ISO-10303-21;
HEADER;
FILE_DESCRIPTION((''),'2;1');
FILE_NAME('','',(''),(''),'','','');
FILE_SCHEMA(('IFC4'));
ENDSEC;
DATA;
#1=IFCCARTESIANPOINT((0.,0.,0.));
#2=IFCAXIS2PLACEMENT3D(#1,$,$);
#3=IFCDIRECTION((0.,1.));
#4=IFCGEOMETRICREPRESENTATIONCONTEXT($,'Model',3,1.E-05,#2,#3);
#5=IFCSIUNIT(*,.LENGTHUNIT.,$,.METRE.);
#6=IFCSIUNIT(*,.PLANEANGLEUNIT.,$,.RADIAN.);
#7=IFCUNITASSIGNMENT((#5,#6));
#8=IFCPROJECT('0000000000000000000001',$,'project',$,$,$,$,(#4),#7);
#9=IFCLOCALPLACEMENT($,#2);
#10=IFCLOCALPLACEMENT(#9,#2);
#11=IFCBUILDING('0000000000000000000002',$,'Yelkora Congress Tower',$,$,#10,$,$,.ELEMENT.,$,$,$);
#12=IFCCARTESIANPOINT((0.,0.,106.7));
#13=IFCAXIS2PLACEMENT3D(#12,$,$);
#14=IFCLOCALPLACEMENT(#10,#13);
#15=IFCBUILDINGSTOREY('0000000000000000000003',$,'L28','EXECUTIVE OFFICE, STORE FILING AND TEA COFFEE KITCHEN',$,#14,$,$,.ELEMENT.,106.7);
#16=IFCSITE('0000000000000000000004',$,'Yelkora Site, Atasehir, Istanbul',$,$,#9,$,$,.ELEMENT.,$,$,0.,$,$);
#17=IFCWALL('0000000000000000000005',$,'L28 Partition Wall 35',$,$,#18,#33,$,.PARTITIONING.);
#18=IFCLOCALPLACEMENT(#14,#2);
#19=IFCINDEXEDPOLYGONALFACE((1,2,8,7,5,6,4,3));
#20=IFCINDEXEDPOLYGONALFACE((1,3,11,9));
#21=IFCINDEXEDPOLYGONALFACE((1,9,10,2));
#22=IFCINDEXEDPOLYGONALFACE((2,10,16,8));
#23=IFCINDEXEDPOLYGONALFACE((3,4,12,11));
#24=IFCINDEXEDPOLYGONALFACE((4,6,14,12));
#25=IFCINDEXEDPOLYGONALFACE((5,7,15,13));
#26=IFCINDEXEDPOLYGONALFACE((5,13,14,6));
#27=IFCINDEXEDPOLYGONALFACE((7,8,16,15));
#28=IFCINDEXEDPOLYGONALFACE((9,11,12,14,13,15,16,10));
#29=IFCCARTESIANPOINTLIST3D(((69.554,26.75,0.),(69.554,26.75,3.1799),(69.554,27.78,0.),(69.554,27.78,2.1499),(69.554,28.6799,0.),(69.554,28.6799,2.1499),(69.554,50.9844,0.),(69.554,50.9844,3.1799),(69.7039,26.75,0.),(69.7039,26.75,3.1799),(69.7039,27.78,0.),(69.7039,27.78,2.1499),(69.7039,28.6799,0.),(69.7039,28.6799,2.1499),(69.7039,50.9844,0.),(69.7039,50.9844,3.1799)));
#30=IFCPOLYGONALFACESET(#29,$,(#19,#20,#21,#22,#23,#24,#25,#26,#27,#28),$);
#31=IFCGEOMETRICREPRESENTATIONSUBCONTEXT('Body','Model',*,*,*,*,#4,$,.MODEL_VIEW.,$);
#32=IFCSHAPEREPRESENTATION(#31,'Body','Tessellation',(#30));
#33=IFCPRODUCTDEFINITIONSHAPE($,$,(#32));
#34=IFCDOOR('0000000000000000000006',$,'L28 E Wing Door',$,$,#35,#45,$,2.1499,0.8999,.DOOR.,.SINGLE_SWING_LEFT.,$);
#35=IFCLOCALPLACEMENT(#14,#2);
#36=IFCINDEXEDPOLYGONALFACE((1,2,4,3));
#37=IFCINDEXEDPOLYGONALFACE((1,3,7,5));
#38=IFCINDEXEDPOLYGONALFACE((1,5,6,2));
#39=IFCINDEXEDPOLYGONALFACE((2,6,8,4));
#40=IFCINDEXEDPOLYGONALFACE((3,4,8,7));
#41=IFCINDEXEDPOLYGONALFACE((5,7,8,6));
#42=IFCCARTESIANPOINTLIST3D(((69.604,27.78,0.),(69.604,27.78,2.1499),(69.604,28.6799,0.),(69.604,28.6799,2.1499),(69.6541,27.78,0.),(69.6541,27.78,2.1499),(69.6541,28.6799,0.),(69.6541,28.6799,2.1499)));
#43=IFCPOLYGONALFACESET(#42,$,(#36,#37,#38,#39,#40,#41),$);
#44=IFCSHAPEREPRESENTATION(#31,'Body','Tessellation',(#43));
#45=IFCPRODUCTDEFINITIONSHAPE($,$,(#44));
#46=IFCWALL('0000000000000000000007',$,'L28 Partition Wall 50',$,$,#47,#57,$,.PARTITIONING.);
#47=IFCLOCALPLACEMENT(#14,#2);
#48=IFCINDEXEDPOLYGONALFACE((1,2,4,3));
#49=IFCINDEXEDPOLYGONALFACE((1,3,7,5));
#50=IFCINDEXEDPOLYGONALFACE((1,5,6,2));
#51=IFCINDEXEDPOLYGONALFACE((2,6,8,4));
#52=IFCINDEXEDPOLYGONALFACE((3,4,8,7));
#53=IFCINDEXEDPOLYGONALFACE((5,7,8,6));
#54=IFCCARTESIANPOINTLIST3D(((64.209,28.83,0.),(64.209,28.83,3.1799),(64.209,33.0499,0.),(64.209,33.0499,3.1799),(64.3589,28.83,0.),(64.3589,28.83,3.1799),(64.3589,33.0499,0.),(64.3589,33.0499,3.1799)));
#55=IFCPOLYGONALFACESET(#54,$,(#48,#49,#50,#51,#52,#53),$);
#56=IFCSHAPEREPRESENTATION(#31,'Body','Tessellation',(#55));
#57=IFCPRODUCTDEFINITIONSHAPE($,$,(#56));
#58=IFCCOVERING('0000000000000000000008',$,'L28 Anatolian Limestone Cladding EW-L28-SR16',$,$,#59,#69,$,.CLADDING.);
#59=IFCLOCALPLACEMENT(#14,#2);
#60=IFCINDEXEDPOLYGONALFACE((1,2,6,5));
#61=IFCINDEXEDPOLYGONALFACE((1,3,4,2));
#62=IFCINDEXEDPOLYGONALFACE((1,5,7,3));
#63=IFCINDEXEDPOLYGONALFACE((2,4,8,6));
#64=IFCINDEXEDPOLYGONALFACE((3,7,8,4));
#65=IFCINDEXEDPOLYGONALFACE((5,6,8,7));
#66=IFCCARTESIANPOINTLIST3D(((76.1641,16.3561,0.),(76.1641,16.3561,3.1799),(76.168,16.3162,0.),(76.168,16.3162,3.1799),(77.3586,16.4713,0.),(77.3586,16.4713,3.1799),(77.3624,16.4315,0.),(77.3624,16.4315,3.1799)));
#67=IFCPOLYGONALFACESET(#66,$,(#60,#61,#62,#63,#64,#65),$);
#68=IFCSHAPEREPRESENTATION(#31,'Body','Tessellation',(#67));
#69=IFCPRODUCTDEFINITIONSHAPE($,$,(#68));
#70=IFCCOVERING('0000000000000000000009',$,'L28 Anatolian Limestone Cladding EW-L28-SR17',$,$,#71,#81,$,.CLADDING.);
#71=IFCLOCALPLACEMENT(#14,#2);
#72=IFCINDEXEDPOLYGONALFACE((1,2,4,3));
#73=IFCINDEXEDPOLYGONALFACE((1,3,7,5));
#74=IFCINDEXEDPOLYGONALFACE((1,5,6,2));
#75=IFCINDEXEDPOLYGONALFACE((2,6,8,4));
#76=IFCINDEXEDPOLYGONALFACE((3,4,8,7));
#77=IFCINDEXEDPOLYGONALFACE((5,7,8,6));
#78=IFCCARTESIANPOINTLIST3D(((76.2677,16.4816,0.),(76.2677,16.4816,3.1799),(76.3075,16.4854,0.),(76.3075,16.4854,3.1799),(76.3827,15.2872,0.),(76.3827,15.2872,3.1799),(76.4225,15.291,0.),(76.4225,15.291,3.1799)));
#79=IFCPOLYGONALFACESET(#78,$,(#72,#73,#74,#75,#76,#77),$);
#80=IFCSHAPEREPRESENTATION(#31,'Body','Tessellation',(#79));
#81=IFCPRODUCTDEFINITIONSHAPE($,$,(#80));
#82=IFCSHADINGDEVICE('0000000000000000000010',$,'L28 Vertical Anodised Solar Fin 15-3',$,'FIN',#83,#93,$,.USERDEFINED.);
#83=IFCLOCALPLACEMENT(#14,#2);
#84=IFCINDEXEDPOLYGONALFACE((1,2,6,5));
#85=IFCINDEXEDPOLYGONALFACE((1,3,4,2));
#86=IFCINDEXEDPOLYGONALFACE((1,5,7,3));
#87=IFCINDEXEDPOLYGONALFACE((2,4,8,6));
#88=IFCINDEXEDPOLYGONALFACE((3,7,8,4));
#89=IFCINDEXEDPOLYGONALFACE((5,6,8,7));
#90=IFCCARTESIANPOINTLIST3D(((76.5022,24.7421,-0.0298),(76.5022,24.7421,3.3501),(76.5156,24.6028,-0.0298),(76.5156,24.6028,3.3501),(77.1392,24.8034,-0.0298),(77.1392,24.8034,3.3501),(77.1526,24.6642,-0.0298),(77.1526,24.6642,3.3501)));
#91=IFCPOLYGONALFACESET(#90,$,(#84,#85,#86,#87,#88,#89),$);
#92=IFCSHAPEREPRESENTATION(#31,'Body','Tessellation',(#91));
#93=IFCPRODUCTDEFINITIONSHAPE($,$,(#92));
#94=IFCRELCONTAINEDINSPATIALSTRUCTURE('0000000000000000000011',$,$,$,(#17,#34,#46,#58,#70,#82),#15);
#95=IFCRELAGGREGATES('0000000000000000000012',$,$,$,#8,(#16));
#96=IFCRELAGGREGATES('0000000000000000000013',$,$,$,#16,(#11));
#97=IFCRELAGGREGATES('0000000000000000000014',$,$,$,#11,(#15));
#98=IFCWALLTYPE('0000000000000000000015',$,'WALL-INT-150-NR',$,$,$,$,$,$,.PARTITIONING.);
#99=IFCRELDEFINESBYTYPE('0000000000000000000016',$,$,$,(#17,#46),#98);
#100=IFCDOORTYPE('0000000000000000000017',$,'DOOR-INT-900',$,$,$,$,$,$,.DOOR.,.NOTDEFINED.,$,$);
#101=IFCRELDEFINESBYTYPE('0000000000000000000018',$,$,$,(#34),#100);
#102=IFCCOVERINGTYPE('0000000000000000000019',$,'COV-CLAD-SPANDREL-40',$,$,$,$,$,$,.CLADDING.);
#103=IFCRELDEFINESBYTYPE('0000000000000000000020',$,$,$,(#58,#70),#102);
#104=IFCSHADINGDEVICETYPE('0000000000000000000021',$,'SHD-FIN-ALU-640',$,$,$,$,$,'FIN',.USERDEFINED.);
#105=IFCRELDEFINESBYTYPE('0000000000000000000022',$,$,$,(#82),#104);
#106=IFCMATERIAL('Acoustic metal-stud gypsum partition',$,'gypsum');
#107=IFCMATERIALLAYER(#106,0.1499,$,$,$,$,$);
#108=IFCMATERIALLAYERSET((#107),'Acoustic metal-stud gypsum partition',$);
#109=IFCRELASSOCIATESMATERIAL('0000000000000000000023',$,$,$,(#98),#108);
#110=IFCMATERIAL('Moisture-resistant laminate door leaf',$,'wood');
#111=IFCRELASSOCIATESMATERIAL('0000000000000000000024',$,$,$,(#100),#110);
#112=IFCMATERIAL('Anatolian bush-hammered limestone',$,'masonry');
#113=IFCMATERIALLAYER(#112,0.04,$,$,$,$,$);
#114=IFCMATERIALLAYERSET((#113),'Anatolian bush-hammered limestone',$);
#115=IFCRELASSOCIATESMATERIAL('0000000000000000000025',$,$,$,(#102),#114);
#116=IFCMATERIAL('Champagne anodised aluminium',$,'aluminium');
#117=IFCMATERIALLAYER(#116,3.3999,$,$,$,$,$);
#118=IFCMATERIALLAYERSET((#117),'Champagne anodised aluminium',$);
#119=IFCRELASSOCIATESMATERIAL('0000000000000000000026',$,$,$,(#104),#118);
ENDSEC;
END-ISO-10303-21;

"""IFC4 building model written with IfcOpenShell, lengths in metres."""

from ifc_helpers import new_model, si_unit, direction, frame, frame_2d, origin, origin_2d, place, context, subcontext, project, spatial, rectangle, extrude, material, layer, layer_set, type_object, element, fill, save


model = new_model("IFC4")

# Units and contexts
model_context = context("Model", 3, precision=1e-05, world=origin(), true_north=direction((0.0, 1.0)))
body_context = subcontext(model_context, "Body", "Model", "MODEL_VIEW")
ifc_project = project(units=[si_unit("LENGTHUNIT", "METRE"), si_unit("PLANEANGLEUNIT", "RADIAN")], contexts=[model_context])

# Site, building, storey
site_placement = place(None, origin())
site = spatial("IfcSite", under=ifc_project, at=site_placement, Name="Yelkora Site, Atasehir, Istanbul", CompositionType="ELEMENT", RefElevation=0.0)
building_placement = place(site_placement, origin())
building = spatial("IfcBuilding", under=site, at=building_placement, Name="Yelkora Congress Tower", CompositionType="ELEMENT")
storey_placement = place(building_placement, frame((0.0, 0.0, 106.7)))
storey = spatial("IfcBuildingStorey", under=building, at=storey_placement, Name="L28", Description="EXECUTIVE OFFICE, STORE FILING AND TEA COFFEE KITCHEN", CompositionType="ELEMENT", Elevation=106.7)

# Wall, opening, door
ifc_material_1 = material(Name="Acoustic metal-stud gypsum partition", Category="gypsum")
ifc_layer_1 = layer(ifc_material_1, 0.1499)
ifc_layer_set_1 = layer_set([ifc_layer_1], Name="Acoustic metal-stud gypsum partition")
wall_type_1 = type_object("IfcWallType", Name="WALL-INT-150-NR", PredefinedType="PARTITIONING", material=ifc_layer_set_1)
wall_1_placement = place(storey_placement, frame((69.6289, 26.75, 0.0), z_axis=(0.0, 0.0, 1.0), x_axis=(0.0, 1.0, 0.0)))
wall_1 = element("IfcWall", 1, at=wall_1_placement, inside=storey, type_object=wall_type_1, Name="L28 Partition Wall 35", PredefinedType="PARTITIONING", context=body_context, shape_type="SweptSolid", body=[
    extrude(rectangle(XDim=24.2344, YDim=0.1499, at=frame_2d((12.1172, 0.0))), origin(), (0.0, 0.0, 1.0), 3.1799),
])
opening_placement = place(wall_1_placement, frame((1.03, 0.0, 0.0)))
opening = element("IfcOpeningElement", 2, at=opening_placement, cuts=wall_1, PredefinedType="OPENING", context=body_context, shape_type="SweptSolid", body=[
    extrude(rectangle(XDim=0.8999, YDim=2.1499, at=frame_2d((0.45, 1.075))), frame((0.0, 0.085, 0.0), z_axis=(0.0, -1.0, 0.0), x_axis=(1.0, 0.0, 0.0)), (0.0, 0.0, 1.0), 0.1699),
])
ifc_material_2 = material(Name="Moisture-resistant laminate door leaf", Category="wood")
door_type = type_object("IfcDoorType", Name="DOOR-INT-900", OperationType="NOTDEFINED", PredefinedType="DOOR", material=ifc_material_2)
door_placement = place(opening_placement, origin())
door = element("IfcDoor", 3, at=door_placement, inside=storey, type_object=door_type, Name="L28 E Wing Door", OperationType="SINGLE_SWING_LEFT", OverallHeight=2.1499, OverallWidth=0.8999, PredefinedType="DOOR", context=body_context, shape_type="SweptSolid", body=[
    extrude(rectangle(XDim=0.8999, YDim=2.1499, at=frame_2d((0.45, 1.075))), frame((0.0, 0.0249, 0.0), z_axis=(0.0, -1.0, 0.0), x_axis=(1.0, 0.0, 0.0)), (0.0, 0.0, 1.0), 0.05),
])
fill(opening, door)

# Wall
wall_2_placement = place(storey_placement, frame((64.2839, 28.8301, 0.0), z_axis=(0.0, 0.0, 1.0), x_axis=(0.0, 1.0, 0.0)))
element("IfcWall", 4, at=wall_2_placement, inside=storey, type_object=wall_type_1, Name="L28 Partition Wall 50", PredefinedType="PARTITIONING", context=body_context, shape_type="SweptSolid", body=[
    extrude(rectangle(XDim=4.22, YDim=0.1499, at=frame_2d((2.1099, 0.0))), origin(), (0.0, 0.0, 1.0), 3.1799),
])

# Coverings
ifc_material_3 = material(Name="Anatolian bush-hammered limestone", Category="masonry")
ifc_layer_2 = layer(ifc_material_3, 0.04)
ifc_layer_set_2 = layer_set([ifc_layer_2], Name="Anatolian bush-hammered limestone")
covering_type = type_object("IfcCoveringType", Name="COV-CLAD-SPANDREL-40", PredefinedType="CLADDING", material=ifc_layer_set_2)
for number, where, z_axis, x_axis, name in (
    (5, (77.3606, 16.4514, 0.0), (0.0, 0.0, 1.0), (-0.995378, -0.096038, 0.0), "L28 Anatolian Limestone Cladding EW-L28-SR16"),
    (6, (76.2876, 16.4836, 0.0), (0.0, 0.0, 1.0), (0.095836, -0.995397, 0.0), "L28 Anatolian Limestone Cladding EW-L28-SR17"),
):
    element("IfcCovering", number, at=place(storey_placement, frame(where, z_axis=z_axis, x_axis=x_axis)), inside=storey, type_object=covering_type, Name=name, PredefinedType="CLADDING", context=body_context, shape_type="SweptSolid", body=[
        extrude(rectangle(XDim=1.2, YDim=0.04, at=frame_2d((0.6001, 0.0))), origin(), (0.0, 0.0, 1.0), 3.1799),
    ])

# Shading device
ifc_material_4 = material(Name="Champagne anodised aluminium", Category="aluminium")
ifc_layer_3 = layer(ifc_material_4, 3.3999)
ifc_layer_set_3 = layer_set([ifc_layer_3], Name="Champagne anodised aluminium")
shading_device_type = type_object("IfcShadingDeviceType", Name="SHD-FIN-ALU-640", ElementType="FIN", PredefinedType="USERDEFINED", material=ifc_layer_set_3)
shading_device_placement = place(storey_placement, frame((76.8274, 24.7031, -0.0298), z_axis=(0.0, 0.0, 1.0), x_axis=(0.095846, -0.995396, 0.0)))
element("IfcShadingDevice", 7, at=shading_device_placement, inside=storey, type_object=shading_device_type, Name="L28 Vertical Anodised Solar Fin 15-3", ObjectType="FIN", PredefinedType="USERDEFINED", context=body_context, shape_type="SweptSolid", body=[
    extrude(rectangle(XDim=0.1399, YDim=0.6399, at=origin_2d()), origin(), (0.0, 0.0, 1.0), 3.3799),
])

save(model, "model.ifc")
